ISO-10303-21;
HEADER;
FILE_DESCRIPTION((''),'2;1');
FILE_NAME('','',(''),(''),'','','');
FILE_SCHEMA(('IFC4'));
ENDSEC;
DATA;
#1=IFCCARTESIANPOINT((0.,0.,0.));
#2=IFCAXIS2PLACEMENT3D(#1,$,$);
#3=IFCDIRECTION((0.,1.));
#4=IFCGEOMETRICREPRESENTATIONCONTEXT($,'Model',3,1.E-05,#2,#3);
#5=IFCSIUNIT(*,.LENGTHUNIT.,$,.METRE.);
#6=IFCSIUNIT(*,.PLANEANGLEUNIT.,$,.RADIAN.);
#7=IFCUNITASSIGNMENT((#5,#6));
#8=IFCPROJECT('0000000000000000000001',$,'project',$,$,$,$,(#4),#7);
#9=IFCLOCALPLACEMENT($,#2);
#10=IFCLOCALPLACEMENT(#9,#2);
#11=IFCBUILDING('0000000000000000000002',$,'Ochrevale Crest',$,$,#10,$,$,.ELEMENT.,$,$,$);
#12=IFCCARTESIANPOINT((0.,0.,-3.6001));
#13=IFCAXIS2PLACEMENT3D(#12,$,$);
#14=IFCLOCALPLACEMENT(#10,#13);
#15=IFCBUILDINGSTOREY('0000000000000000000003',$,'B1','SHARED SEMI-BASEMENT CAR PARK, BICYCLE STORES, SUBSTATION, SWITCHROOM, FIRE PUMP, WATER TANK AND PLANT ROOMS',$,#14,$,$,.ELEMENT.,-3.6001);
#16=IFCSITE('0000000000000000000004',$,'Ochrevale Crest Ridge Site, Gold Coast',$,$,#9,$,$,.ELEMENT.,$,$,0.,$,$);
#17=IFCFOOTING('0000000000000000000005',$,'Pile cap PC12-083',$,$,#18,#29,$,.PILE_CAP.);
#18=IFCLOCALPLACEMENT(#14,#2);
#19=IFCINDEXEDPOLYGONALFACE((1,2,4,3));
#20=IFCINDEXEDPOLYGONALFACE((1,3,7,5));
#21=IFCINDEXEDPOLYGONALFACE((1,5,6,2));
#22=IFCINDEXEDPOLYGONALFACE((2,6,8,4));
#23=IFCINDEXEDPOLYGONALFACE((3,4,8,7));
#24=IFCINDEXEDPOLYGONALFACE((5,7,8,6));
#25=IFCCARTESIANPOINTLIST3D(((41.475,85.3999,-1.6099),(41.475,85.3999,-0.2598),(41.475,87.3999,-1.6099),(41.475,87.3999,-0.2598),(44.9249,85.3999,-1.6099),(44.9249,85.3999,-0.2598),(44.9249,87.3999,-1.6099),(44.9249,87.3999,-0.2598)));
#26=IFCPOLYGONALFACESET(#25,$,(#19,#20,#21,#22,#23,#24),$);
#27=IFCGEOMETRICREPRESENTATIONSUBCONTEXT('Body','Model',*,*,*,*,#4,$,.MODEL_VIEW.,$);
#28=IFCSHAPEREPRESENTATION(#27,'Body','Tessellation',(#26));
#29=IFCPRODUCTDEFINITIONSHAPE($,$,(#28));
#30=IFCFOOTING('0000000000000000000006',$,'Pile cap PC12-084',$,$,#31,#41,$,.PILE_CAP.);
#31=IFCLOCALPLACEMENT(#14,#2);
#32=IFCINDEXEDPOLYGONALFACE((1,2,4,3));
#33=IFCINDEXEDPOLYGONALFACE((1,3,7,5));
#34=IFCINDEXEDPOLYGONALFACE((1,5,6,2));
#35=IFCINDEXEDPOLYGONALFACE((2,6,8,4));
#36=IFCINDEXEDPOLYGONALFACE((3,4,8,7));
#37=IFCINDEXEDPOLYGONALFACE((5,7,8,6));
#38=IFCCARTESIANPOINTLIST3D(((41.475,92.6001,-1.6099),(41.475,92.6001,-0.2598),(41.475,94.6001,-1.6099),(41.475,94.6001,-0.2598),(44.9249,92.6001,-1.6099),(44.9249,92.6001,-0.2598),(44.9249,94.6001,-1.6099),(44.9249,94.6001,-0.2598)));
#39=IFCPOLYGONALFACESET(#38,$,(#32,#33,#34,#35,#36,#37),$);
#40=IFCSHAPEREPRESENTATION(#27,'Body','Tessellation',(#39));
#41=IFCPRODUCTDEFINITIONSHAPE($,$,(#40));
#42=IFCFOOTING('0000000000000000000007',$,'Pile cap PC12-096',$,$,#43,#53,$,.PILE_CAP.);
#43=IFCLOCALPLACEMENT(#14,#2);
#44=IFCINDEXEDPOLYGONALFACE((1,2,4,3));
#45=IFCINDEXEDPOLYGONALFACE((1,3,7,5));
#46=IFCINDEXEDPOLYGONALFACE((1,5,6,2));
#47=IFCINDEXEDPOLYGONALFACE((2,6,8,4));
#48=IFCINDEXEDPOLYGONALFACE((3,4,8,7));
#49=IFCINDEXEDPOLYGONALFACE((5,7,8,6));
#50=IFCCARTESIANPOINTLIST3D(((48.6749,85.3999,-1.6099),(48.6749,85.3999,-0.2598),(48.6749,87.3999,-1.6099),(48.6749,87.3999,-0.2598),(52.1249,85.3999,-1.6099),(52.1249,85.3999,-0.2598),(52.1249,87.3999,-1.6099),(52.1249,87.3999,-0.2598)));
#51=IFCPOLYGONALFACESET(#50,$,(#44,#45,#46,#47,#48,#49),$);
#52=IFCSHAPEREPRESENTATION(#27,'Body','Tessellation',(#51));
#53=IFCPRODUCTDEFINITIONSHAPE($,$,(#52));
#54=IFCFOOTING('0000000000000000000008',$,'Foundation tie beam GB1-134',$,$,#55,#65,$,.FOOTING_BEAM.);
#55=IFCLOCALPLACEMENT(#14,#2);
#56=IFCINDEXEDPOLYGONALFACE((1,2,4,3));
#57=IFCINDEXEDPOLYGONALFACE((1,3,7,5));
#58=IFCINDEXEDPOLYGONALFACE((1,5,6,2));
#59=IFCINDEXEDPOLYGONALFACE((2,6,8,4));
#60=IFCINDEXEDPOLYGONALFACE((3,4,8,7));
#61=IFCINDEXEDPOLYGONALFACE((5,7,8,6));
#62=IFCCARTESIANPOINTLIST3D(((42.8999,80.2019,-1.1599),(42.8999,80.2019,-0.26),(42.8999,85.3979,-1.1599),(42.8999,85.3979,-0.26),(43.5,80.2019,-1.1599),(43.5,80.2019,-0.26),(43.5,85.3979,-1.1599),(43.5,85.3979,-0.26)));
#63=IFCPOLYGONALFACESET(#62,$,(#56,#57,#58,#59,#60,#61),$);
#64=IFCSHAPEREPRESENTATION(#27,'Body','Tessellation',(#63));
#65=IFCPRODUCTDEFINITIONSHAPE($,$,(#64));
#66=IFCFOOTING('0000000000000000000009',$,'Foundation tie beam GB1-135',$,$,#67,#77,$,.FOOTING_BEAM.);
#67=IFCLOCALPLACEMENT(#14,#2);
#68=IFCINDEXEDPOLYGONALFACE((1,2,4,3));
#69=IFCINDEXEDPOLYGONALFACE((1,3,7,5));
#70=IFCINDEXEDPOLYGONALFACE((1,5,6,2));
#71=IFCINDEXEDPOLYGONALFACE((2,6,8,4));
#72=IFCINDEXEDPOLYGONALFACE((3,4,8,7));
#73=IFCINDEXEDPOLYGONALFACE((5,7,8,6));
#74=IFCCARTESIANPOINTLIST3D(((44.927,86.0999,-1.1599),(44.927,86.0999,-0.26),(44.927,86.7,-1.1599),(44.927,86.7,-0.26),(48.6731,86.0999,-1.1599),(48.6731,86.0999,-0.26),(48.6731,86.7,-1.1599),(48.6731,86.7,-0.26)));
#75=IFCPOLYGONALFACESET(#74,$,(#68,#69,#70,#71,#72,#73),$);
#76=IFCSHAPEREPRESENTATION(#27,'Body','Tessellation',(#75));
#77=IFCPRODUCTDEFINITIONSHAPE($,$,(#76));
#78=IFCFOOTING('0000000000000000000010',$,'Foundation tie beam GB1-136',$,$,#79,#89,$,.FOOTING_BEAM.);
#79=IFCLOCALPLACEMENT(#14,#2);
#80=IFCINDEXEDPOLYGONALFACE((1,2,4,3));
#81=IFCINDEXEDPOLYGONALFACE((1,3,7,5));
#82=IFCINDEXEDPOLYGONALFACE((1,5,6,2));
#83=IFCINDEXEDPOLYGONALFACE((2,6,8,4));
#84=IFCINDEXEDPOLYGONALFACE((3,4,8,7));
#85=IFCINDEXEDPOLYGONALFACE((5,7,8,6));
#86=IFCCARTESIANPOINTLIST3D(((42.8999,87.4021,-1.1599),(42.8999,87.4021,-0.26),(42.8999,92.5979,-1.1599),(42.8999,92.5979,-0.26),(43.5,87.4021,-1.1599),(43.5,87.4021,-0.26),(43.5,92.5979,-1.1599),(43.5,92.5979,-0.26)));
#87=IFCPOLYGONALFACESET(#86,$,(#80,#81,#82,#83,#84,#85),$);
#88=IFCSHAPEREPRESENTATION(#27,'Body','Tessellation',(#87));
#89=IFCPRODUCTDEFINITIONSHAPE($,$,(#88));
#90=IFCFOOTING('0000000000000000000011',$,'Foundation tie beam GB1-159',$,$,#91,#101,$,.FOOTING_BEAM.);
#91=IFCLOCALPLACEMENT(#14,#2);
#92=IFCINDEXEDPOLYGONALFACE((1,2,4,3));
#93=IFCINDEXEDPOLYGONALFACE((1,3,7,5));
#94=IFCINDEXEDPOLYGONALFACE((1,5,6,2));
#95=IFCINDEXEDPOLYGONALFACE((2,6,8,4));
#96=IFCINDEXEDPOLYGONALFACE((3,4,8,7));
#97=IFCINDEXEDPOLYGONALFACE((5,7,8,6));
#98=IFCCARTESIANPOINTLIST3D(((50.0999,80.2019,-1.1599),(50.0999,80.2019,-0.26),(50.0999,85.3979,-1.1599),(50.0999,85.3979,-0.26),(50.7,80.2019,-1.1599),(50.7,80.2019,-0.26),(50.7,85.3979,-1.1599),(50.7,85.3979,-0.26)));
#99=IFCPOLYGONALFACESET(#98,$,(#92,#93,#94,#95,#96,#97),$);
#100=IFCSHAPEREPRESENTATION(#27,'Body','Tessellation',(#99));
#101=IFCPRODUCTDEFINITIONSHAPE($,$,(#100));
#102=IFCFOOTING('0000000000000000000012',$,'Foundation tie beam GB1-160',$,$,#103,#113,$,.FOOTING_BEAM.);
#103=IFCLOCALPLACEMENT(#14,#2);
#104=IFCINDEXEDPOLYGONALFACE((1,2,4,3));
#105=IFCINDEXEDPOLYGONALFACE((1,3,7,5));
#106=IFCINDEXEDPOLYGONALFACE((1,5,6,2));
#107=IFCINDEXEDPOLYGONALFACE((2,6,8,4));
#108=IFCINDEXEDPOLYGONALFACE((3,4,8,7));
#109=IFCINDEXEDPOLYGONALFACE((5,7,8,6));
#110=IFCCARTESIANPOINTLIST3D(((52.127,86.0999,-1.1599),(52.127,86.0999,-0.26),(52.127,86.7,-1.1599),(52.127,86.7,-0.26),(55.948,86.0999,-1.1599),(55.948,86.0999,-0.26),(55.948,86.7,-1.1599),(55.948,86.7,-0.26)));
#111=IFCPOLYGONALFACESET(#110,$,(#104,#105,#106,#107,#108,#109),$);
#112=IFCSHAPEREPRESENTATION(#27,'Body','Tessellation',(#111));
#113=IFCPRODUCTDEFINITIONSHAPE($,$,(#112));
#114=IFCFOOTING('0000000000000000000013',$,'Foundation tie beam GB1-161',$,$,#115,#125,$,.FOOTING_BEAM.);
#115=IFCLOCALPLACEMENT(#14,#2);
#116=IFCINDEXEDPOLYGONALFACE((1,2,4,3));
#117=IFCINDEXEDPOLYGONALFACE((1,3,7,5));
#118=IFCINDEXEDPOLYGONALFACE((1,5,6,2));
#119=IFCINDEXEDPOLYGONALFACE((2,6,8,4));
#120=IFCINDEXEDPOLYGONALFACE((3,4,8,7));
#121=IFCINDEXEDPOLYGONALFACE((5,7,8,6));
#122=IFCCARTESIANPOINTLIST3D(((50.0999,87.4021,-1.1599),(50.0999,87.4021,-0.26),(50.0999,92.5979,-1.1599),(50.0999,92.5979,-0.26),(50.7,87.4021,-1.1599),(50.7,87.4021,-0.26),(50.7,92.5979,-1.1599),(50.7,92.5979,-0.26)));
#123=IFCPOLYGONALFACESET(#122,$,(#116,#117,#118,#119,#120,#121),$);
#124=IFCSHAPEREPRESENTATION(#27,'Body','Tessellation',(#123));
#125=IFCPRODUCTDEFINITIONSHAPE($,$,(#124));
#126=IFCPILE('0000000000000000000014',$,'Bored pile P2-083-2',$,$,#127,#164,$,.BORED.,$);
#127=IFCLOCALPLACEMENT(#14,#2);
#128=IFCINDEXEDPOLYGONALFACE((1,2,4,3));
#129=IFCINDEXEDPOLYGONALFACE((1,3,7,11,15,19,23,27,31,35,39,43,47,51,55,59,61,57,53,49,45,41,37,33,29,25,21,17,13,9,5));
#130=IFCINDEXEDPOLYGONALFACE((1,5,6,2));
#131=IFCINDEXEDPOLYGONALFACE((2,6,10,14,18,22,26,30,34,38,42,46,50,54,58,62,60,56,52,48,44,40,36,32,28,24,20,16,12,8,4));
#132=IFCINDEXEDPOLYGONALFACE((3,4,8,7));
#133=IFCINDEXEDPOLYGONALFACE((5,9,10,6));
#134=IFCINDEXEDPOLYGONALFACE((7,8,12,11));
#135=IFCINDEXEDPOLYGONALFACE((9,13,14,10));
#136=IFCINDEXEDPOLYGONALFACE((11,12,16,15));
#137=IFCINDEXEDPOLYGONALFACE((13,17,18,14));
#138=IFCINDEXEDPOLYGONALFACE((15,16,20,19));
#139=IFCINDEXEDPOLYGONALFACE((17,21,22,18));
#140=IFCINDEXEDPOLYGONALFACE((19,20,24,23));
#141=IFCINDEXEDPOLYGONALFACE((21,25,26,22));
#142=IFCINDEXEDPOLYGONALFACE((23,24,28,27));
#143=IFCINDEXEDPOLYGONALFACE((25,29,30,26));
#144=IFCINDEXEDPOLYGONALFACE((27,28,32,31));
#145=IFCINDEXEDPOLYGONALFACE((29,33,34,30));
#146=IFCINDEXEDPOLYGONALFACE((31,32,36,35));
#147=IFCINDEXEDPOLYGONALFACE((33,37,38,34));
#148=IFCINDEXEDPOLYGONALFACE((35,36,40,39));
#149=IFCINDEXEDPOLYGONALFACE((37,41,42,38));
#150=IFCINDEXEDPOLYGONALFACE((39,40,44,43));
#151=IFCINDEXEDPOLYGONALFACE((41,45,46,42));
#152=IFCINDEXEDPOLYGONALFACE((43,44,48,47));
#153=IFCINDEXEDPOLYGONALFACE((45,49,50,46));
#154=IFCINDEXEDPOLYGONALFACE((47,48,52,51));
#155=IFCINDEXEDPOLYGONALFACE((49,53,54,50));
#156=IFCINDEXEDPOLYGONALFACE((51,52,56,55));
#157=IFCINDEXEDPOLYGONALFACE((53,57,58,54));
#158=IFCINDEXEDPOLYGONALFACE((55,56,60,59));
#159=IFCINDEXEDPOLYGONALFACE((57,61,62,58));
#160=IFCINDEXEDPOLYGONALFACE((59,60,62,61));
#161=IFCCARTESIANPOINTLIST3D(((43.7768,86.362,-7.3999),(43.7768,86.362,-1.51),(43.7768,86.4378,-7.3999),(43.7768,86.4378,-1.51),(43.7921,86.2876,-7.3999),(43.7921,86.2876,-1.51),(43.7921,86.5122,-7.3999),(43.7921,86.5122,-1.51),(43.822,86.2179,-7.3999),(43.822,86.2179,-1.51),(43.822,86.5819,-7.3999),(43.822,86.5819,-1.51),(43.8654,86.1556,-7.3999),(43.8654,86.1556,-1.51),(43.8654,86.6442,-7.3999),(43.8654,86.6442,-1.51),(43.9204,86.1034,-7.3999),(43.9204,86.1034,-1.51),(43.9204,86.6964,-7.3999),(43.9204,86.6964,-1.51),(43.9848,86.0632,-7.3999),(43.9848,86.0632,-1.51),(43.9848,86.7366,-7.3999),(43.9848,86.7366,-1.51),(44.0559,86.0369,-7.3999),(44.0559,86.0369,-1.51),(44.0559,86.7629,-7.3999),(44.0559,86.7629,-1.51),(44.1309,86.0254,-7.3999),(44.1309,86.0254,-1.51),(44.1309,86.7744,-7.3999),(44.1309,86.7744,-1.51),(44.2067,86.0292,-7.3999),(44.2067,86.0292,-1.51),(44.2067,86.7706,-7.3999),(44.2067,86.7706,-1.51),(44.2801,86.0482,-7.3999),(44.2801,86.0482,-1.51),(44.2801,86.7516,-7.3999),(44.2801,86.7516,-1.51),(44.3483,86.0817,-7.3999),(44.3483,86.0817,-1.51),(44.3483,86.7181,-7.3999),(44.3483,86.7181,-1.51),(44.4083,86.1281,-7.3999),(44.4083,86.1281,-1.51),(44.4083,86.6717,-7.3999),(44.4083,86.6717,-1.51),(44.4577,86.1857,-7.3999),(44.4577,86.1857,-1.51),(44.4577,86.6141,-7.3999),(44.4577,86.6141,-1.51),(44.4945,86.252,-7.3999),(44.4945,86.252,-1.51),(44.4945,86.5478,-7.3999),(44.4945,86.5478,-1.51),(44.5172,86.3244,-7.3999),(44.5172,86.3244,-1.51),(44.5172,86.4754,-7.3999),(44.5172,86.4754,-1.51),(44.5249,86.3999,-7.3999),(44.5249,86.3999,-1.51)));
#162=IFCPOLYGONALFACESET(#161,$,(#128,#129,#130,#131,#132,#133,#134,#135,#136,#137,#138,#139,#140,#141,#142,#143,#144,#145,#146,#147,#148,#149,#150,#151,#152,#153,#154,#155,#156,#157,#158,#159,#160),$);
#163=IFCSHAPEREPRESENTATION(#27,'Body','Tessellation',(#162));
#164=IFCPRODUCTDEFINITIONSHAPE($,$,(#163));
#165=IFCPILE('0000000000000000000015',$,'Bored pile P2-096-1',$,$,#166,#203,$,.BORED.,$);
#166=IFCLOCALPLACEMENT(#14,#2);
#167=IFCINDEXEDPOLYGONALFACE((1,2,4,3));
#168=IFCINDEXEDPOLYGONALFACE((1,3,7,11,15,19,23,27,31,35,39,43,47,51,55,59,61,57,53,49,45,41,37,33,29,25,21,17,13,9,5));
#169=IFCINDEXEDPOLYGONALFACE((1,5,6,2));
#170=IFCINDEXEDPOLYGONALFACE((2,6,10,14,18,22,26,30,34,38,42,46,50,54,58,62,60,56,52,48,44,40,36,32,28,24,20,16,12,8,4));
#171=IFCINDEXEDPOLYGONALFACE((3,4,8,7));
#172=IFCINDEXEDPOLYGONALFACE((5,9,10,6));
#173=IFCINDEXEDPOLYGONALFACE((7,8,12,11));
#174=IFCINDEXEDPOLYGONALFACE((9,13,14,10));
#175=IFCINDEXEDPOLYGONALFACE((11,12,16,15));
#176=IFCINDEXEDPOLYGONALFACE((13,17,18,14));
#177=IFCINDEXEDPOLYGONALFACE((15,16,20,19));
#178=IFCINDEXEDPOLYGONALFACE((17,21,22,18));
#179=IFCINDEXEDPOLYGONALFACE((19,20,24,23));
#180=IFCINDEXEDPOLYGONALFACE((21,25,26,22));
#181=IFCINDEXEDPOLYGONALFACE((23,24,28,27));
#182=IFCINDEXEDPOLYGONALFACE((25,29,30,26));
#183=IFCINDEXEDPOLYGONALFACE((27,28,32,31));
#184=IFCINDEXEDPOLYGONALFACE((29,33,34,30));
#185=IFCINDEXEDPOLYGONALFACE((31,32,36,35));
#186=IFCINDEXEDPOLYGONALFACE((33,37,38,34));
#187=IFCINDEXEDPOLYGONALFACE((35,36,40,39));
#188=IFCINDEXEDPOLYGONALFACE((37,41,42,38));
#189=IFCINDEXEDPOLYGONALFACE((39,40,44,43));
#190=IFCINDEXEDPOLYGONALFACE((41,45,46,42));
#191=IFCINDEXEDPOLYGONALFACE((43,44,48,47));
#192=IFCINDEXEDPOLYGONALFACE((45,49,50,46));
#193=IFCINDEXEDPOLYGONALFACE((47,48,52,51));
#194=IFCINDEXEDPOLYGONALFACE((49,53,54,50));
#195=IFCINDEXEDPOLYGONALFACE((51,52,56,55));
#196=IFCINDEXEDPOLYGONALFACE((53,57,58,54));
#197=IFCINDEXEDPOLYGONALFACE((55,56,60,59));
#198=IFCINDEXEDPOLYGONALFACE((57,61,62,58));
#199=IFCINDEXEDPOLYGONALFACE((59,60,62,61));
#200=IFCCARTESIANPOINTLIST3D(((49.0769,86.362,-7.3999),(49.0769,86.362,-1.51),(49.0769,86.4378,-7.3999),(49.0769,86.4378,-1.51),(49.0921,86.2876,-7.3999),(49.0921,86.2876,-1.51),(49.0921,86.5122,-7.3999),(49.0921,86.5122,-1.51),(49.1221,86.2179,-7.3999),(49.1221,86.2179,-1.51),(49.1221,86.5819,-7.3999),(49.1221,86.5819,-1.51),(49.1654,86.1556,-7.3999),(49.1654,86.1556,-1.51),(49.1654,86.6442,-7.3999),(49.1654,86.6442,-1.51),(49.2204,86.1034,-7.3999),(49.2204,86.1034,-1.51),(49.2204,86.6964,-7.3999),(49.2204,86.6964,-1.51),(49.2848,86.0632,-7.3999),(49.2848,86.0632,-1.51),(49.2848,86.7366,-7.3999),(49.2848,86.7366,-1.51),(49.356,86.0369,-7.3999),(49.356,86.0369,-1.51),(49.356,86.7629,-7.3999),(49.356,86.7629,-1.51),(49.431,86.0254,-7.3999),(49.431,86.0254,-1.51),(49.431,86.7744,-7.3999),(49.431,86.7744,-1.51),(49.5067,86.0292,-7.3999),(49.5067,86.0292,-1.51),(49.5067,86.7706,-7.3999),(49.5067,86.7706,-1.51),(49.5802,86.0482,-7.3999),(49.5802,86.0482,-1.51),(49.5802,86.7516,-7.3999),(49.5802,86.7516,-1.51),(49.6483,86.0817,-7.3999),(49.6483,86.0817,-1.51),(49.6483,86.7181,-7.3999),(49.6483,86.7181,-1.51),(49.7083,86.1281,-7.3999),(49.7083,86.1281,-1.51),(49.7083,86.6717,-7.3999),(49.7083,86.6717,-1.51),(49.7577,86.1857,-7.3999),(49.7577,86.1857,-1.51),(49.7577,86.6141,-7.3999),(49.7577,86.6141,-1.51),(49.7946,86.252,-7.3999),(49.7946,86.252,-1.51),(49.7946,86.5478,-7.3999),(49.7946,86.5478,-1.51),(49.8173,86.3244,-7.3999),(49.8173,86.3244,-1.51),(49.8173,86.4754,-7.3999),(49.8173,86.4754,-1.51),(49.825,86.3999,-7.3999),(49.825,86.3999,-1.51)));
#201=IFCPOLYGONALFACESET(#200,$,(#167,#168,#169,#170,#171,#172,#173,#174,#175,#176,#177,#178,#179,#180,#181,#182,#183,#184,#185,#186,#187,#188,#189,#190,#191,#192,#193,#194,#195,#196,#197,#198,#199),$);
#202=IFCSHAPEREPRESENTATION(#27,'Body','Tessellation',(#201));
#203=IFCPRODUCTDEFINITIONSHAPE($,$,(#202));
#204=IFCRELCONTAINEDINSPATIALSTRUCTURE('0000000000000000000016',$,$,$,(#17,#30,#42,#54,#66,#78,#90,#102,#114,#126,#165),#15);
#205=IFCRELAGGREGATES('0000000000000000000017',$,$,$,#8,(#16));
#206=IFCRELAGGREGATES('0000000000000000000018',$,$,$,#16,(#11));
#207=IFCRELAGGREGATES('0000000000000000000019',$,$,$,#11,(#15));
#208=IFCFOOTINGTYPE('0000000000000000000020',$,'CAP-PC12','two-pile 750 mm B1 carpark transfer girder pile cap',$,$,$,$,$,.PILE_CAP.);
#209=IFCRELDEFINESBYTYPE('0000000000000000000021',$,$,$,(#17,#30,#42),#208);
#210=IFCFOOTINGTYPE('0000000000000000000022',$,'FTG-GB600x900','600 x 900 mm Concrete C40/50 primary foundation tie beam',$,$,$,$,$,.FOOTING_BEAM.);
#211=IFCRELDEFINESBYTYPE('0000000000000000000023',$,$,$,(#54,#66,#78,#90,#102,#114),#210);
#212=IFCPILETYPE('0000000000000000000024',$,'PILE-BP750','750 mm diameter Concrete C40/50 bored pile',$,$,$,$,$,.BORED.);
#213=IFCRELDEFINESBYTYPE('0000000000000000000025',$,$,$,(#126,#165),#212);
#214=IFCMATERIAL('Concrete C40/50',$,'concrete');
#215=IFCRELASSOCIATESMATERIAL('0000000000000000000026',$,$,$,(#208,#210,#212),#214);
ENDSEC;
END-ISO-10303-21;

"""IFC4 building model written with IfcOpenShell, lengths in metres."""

from ifc_helpers import new_model, si_unit, direction, frame, origin, origin_2d, place, context, subcontext, project, spatial, rectangle, circle, extrude, material, material_profile, profile_set, type_object, element, save


model = new_model("IFC4")

# Units and contexts
model_context = context("Model", 3, precision=1e-05, world=origin(), true_north=direction((0.0, 1.0)))
body_context = subcontext(model_context, "Body", "Model", "MODEL_VIEW")
ifc_project = project(units=[si_unit("LENGTHUNIT", "METRE"), si_unit("PLANEANGLEUNIT", "RADIAN")], contexts=[model_context])

# Site, building, storey
site_placement = place(None, origin())
site = spatial("IfcSite", under=ifc_project, at=site_placement, Name="Ochrevale Crest Ridge Site, Gold Coast", CompositionType="ELEMENT", RefElevation=0.0)
building_placement = place(site_placement, origin())
building = spatial("IfcBuilding", under=site, at=building_placement, Name="Ochrevale Crest", CompositionType="ELEMENT")
storey_placement = place(building_placement, frame((0.0, 0.0, -3.6001)))
storey = spatial("IfcBuildingStorey", under=building, at=storey_placement, Name="B1", Description="SHARED SEMI-BASEMENT CAR PARK, BICYCLE STORES, SUBSTATION, SWITCHROOM, FIRE PUMP, WATER TANK AND PLANT ROOMS", CompositionType="ELEMENT", Elevation=-3.6001)

# Footings
ifc_material_1 = material(Name="Concrete C40/50", Category="concrete")
footing_type_1 = type_object("IfcFootingType", Name="CAP-PC12", Description="two-pile 750 mm B1 carpark transfer girder pile cap", PredefinedType="PILE_CAP", material=ifc_material_1)
for number, where, z_axis, x_axis, name in (
    (1, (43.2, 86.3999, -1.6099), (0.0, 0.0, 1.0), (1.0, 0.0, 0.0), "Pile cap PC12-083"),
    (2, (43.2, 93.6001, -1.6099), (0.0, 0.0, 1.0), (1.0, 0.0, 0.0), "Pile cap PC12-084"),
    (3, (50.3999, 86.3999, -1.6099), (0.0, 0.0, 1.0), (1.0, 0.0, 0.0), "Pile cap PC12-096"),
):
    element("IfcFooting", number, at=place(storey_placement, frame(where, z_axis=z_axis, x_axis=x_axis)), inside=storey, type_object=footing_type_1, Name=name, PredefinedType="PILE_CAP", context=body_context, shape_type="SweptSolid", body=[
        extrude(rectangle(XDim=3.45, YDim=2.0, at=origin_2d()), origin(), (0.0, 0.0, 1.0), 1.3501),
    ])
ifc_material_profile_1 = material_profile(ifc_material_1, rectangle(XDim=0.6001, YDim=0.8999, at=origin_2d()), Name="GB 600x900")
ifc_profile_set_1 = profile_set([ifc_material_profile_1], Name="Concrete C40/50")
footing_type_2 = type_object("IfcFootingType", Name="FTG-GB600x900", Description="600 x 900 mm Concrete C40/50 primary foundation tie beam", PredefinedType="FOOTING_BEAM", material=ifc_profile_set_1)
footing_1_placement = place(storey_placement, frame((43.2, 80.2019, -0.71), z_axis=(0.0, 1.0, 0.0), x_axis=(-1.0, 0.0, 0.0)))
element("IfcFooting", 4, at=footing_1_placement, inside=storey, type_object=footing_type_2, Name="Foundation tie beam GB1-134", PredefinedType="FOOTING_BEAM", context=body_context, shape_type="SweptSolid", body=[
    extrude(rectangle(XDim=0.6001, YDim=0.8999, at=origin_2d()), origin(), (0.0, 0.0, 1.0), 5.196),
])
footing_2_placement = place(storey_placement, frame((44.927, 86.3999, -0.71), z_axis=(1.0, 0.0, 0.0), x_axis=(0.0, 1.0, 0.0)))
element("IfcFooting", 5, at=footing_2_placement, inside=storey, type_object=footing_type_2, Name="Foundation tie beam GB1-135", PredefinedType="FOOTING_BEAM", context=body_context, shape_type="SweptSolid", body=[
    extrude(rectangle(XDim=0.6001, YDim=0.8999, at=origin_2d()), origin(), (0.0, 0.0, 1.0), 3.7461),
])
footing_3_placement = place(storey_placement, frame((43.2, 87.4021, -0.71), z_axis=(0.0, 1.0, 0.0), x_axis=(-1.0, 0.0, 0.0)))
element("IfcFooting", 6, at=footing_3_placement, inside=storey, type_object=footing_type_2, Name="Foundation tie beam GB1-136", PredefinedType="FOOTING_BEAM", context=body_context, shape_type="SweptSolid", body=[
    extrude(rectangle(XDim=0.6001, YDim=0.8999, at=origin_2d()), origin(), (0.0, 0.0, 1.0), 5.1958),
])
footing_4_placement = place(storey_placement, frame((50.3999, 80.2019, -0.71), z_axis=(0.0, 1.0, 0.0), x_axis=(-1.0, 0.0, 0.0)))
element("IfcFooting", 7, at=footing_4_placement, inside=storey, type_object=footing_type_2, Name="Foundation tie beam GB1-159", PredefinedType="FOOTING_BEAM", context=body_context, shape_type="SweptSolid", body=[
    extrude(rectangle(XDim=0.6001, YDim=0.8999, at=origin_2d()), origin(), (0.0, 0.0, 1.0), 5.196),
])
footing_5_placement = place(storey_placement, frame((52.127, 86.3999, -0.71), z_axis=(1.0, 0.0, 0.0), x_axis=(0.0, 1.0, 0.0)))
element("IfcFooting", 8, at=footing_5_placement, inside=storey, type_object=footing_type_2, Name="Foundation tie beam GB1-160", PredefinedType="FOOTING_BEAM", context=body_context, shape_type="SweptSolid", body=[
    extrude(rectangle(XDim=0.6001, YDim=0.8999, at=origin_2d()), origin(), (0.0, 0.0, 1.0), 3.821),
])
footing_6_placement = place(storey_placement, frame((50.3999, 87.4021, -0.71), z_axis=(0.0, 1.0, 0.0), x_axis=(-1.0, 0.0, 0.0)))
element("IfcFooting", 9, at=footing_6_placement, inside=storey, type_object=footing_type_2, Name="Foundation tie beam GB1-161", PredefinedType="FOOTING_BEAM", context=body_context, shape_type="SweptSolid", body=[
    extrude(rectangle(XDim=0.6001, YDim=0.8999, at=origin_2d()), origin(), (0.0, 0.0, 1.0), 5.1958),
])

# Piles
ifc_material_profile_2 = material_profile(ifc_material_1, circle(Radius=0.375, at=origin_2d()), Name="BORED PILE 750")
ifc_profile_set_2 = profile_set([ifc_material_profile_2], Name="Concrete C40/50")
pile_type = type_object("IfcPileType", Name="PILE-BP750", Description="750 mm diameter Concrete C40/50 bored pile", PredefinedType="BORED", material=ifc_profile_set_2)
for number, where, z_axis, x_axis, name in (
    (10, (44.1499, 86.3999, -1.51), (0.0, 0.0, -1.0), (1.0, 0.0, 0.0), "Bored pile P2-083-2"),
    (11, (49.45, 86.3999, -1.51), (0.0, 0.0, -1.0), (1.0, 0.0, 0.0), "Bored pile P2-096-1"),
):
    element("IfcPile", number, at=place(storey_placement, frame(where, z_axis=z_axis, x_axis=x_axis)), inside=storey, type_object=pile_type, Name=name, PredefinedType="BORED", context=body_context, shape_type="SweptSolid", body=[
        extrude(circle(Radius=0.375, at=origin_2d()), origin(), (0.0, 0.0, 1.0), 5.8899),
    ])

save(model, "model.ifc")
